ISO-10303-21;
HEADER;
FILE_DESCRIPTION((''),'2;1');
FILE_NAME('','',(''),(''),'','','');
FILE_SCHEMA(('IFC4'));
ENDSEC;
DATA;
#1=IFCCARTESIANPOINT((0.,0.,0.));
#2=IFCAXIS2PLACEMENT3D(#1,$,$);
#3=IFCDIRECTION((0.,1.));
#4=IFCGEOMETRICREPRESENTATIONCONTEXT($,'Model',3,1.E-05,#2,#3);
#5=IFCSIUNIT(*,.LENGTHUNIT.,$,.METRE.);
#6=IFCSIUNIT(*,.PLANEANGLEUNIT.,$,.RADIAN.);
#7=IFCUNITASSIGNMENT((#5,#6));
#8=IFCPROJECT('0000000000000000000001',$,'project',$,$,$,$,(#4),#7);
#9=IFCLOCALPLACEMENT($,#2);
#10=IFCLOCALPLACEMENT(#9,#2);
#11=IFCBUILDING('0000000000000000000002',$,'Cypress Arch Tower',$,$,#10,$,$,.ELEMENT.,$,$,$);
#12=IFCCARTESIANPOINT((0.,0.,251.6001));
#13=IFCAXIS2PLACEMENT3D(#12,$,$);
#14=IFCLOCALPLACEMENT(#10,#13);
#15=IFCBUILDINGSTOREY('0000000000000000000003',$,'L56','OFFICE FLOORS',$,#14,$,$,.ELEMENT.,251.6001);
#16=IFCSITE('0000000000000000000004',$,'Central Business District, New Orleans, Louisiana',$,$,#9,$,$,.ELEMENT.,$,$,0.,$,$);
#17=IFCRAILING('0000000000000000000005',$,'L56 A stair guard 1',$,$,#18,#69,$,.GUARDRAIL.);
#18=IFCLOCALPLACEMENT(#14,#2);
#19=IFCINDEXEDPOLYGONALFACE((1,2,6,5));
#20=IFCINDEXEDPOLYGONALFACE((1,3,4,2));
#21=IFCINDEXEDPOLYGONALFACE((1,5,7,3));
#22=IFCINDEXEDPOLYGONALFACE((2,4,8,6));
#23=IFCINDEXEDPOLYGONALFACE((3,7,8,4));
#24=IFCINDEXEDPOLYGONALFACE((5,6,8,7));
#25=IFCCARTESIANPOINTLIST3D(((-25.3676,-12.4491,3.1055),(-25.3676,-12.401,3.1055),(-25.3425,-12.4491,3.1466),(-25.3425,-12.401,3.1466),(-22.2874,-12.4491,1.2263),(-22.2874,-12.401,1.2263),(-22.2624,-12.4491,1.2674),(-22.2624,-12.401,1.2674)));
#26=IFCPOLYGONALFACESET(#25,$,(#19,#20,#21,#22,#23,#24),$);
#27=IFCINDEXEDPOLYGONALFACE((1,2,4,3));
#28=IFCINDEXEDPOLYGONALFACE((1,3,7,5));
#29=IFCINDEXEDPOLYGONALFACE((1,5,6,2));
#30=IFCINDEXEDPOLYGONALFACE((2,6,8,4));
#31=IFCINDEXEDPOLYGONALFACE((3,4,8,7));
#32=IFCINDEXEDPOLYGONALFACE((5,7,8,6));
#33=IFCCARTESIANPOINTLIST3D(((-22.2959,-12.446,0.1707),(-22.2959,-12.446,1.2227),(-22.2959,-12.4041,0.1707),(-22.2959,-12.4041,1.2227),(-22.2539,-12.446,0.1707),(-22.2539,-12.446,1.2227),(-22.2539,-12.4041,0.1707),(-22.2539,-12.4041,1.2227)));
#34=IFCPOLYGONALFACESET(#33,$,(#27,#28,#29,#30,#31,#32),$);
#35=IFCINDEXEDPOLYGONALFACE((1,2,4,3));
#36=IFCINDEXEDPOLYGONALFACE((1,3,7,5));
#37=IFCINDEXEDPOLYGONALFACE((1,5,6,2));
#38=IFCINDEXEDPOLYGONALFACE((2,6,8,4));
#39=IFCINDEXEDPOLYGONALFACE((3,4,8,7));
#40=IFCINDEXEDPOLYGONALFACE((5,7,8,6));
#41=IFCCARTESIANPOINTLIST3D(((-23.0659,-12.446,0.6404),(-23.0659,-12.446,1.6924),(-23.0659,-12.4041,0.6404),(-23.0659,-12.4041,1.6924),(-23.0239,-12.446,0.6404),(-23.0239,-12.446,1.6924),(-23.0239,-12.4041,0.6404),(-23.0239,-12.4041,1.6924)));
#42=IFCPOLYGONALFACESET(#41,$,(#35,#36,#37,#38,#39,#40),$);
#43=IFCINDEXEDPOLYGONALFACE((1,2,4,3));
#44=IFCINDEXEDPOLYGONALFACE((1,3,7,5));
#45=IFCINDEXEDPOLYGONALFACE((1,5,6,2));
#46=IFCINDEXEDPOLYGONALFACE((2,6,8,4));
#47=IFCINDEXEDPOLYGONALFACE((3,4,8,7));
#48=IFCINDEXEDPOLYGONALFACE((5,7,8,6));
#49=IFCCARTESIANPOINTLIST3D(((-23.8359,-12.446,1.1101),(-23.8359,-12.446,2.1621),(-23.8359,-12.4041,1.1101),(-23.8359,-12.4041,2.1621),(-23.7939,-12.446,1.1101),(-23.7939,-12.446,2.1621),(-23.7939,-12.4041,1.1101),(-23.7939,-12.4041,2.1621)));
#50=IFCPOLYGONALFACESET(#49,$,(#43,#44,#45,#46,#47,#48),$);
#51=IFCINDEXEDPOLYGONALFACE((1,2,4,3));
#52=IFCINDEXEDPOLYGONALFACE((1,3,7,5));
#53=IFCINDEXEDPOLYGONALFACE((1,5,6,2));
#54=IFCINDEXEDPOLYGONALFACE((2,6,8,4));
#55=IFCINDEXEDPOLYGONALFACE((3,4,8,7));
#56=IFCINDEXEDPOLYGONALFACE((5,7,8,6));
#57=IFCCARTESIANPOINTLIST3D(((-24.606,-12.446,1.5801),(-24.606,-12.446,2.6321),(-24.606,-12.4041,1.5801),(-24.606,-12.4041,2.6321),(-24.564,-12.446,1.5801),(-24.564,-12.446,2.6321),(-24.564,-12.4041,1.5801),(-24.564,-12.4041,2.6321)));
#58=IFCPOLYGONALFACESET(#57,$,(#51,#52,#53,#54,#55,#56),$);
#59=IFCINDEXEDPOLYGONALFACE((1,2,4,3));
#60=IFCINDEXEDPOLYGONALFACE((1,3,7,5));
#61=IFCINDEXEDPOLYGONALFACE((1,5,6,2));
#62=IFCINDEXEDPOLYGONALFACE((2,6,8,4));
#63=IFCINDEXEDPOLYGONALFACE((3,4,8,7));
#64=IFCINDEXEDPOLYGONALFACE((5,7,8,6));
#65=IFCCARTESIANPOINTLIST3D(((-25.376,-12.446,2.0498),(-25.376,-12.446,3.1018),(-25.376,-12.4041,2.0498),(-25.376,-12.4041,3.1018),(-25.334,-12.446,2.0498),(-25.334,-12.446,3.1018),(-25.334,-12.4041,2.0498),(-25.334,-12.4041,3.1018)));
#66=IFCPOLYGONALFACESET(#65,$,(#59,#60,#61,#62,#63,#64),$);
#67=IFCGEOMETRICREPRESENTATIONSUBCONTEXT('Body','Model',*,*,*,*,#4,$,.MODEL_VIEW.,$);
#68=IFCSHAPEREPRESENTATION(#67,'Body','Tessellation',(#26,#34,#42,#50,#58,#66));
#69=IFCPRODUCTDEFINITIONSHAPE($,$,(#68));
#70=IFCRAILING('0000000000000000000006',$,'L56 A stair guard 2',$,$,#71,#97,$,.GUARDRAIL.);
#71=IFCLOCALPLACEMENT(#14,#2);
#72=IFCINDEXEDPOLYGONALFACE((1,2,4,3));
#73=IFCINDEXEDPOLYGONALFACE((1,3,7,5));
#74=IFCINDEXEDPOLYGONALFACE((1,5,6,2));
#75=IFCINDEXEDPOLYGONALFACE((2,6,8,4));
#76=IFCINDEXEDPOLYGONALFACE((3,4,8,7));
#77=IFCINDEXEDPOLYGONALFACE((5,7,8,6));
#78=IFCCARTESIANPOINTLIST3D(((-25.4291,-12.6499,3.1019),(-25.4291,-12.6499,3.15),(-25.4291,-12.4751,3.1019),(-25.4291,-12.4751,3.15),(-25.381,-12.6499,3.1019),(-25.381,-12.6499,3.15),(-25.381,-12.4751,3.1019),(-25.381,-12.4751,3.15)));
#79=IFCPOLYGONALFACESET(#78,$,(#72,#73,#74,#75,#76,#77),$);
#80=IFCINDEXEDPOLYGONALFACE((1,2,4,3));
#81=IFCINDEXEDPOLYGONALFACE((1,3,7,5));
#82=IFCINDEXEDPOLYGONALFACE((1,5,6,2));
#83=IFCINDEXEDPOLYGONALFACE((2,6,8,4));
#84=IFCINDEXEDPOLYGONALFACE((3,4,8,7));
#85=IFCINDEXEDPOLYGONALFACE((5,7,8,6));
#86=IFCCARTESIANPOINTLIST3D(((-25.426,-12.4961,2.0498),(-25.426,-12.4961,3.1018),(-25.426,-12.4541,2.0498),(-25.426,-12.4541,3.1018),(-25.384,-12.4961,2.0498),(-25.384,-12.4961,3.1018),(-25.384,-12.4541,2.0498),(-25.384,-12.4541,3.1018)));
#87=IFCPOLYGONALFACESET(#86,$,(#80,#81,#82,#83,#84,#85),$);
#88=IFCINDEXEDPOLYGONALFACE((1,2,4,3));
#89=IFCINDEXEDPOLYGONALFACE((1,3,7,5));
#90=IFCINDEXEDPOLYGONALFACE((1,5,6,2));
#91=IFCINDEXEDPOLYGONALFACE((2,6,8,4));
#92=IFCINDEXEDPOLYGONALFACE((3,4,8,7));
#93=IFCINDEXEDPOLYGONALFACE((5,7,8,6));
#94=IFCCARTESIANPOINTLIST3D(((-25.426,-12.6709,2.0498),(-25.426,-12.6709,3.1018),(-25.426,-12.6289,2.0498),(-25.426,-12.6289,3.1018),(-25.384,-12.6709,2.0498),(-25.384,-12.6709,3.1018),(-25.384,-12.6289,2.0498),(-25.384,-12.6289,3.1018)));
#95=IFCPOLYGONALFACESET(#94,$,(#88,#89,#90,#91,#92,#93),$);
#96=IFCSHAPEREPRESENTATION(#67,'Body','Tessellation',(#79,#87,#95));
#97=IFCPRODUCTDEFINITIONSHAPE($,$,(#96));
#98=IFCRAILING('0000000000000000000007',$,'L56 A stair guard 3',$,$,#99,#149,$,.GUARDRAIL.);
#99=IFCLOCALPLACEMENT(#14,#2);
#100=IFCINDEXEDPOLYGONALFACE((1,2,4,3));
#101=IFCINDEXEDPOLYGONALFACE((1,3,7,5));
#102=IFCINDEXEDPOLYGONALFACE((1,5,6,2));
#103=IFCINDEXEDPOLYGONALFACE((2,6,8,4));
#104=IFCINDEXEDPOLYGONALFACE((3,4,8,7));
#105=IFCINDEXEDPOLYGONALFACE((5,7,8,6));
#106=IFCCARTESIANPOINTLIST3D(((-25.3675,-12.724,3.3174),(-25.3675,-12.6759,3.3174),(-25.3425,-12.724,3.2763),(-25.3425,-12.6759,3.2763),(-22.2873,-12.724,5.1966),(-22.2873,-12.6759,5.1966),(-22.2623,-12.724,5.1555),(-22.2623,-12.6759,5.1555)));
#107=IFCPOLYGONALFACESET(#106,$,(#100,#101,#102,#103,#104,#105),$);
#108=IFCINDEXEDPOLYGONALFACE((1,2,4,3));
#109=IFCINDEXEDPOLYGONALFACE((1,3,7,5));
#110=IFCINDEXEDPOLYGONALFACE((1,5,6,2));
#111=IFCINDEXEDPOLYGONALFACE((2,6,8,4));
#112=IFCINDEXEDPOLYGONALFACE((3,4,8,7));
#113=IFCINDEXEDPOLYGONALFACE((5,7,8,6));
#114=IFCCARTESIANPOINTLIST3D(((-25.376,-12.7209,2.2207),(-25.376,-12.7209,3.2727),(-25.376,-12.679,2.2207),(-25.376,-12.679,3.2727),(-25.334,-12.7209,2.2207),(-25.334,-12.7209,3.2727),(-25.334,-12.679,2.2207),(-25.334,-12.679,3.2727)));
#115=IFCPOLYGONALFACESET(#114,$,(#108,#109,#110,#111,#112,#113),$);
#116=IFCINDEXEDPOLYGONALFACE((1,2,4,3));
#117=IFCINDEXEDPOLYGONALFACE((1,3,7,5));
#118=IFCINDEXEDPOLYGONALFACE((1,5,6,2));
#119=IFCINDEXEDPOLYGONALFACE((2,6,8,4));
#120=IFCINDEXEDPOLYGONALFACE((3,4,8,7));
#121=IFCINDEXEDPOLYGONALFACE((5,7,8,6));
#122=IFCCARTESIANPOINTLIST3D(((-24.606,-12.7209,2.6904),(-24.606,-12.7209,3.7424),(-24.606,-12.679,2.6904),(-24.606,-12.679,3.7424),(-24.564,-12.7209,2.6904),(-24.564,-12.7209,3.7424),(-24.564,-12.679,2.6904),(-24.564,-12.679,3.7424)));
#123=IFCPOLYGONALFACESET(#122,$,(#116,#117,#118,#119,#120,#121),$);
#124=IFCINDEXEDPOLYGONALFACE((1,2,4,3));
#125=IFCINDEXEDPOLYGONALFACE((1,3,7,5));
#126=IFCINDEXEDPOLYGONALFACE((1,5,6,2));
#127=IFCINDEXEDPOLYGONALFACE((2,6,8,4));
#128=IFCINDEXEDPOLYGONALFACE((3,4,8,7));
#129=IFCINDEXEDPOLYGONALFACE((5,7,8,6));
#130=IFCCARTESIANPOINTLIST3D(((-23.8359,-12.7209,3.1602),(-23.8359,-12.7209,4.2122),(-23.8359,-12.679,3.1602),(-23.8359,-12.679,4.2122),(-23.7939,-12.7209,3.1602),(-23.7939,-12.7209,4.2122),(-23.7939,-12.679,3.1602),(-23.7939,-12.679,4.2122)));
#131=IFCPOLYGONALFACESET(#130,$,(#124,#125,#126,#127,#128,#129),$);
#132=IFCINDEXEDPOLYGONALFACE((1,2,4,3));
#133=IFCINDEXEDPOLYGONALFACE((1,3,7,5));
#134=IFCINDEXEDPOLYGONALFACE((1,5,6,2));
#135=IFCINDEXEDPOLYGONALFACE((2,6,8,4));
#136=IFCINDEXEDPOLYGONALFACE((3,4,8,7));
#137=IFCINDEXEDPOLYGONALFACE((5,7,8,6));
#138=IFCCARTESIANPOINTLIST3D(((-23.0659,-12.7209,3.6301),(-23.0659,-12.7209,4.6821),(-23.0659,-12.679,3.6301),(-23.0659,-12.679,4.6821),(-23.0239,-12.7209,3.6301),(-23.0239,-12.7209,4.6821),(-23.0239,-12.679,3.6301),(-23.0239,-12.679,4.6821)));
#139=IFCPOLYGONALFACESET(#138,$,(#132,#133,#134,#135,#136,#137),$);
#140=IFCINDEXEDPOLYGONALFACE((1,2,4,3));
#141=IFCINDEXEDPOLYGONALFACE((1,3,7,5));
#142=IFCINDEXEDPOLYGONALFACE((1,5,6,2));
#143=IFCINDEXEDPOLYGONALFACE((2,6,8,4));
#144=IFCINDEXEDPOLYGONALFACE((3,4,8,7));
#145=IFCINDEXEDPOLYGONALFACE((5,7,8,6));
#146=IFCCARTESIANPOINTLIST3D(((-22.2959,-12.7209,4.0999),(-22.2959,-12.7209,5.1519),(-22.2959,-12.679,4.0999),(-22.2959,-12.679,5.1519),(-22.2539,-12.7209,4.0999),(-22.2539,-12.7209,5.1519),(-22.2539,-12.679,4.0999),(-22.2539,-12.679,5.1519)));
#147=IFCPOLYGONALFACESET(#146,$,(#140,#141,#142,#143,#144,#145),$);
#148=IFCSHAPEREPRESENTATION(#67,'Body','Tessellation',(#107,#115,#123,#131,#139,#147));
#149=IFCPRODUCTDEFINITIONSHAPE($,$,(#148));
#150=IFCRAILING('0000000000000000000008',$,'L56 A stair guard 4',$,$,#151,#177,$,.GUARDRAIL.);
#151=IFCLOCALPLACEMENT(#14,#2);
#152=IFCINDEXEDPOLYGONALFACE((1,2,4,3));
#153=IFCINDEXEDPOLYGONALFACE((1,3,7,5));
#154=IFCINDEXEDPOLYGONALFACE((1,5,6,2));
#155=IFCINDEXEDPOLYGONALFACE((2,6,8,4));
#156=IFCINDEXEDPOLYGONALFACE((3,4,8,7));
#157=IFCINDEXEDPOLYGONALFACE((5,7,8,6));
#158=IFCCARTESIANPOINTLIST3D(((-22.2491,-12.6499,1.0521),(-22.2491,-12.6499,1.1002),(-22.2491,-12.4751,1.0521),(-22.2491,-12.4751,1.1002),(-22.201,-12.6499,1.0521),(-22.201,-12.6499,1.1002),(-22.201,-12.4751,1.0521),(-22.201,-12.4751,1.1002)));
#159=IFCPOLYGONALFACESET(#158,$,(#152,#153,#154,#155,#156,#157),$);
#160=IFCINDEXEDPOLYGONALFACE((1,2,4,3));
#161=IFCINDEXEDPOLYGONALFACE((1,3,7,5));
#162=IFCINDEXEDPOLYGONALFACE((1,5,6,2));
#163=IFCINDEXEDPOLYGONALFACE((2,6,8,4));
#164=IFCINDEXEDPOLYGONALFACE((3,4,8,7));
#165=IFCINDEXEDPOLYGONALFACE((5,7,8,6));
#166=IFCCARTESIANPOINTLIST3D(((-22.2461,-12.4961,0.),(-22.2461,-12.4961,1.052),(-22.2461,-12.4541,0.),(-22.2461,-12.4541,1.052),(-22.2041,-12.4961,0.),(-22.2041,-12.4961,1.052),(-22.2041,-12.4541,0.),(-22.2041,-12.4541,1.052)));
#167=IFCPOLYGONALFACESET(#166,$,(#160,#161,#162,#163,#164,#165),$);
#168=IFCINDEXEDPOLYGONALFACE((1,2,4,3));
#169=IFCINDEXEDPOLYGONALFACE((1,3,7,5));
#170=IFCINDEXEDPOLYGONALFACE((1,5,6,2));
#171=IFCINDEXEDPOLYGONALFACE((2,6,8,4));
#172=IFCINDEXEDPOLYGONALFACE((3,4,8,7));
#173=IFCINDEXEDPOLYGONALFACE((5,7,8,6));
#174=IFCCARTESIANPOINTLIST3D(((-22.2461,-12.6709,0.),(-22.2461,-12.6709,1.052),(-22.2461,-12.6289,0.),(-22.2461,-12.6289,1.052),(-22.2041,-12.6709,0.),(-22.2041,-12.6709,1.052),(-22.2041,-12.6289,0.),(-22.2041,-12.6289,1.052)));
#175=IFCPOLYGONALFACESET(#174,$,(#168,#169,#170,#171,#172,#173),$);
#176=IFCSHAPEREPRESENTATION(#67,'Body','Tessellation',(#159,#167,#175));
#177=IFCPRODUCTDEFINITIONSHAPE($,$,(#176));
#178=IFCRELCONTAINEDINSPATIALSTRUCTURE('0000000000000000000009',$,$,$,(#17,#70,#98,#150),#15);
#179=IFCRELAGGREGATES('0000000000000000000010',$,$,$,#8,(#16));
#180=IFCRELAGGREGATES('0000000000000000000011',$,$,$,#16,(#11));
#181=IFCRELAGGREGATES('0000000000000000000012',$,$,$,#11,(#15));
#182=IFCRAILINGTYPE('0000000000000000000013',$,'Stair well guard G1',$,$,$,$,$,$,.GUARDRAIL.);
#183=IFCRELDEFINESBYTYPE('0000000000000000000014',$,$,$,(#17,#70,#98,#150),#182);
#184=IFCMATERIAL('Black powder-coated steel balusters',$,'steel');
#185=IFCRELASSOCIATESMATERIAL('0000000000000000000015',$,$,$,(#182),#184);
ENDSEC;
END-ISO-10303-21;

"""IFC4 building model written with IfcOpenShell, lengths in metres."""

from ifc_helpers import new_model, si_unit, direction, frame, origin, origin_2d, place, context, subcontext, project, spatial, rectangle, extrude, material, type_object, element, save


model = new_model("IFC4")

# Units and contexts
model_context = context("Model", 3, precision=1e-05, world=origin(), true_north=direction((0.0, 1.0)))
body_context = subcontext(model_context, "Body", "Model", "MODEL_VIEW")
ifc_project = project(units=[si_unit("LENGTHUNIT", "METRE"), si_unit("PLANEANGLEUNIT", "RADIAN")], contexts=[model_context])

# Site, building, storey
site_placement = place(None, origin())
site = spatial("IfcSite", under=ifc_project, at=site_placement, Name="Central Business District, New Orleans, Louisiana", CompositionType="ELEMENT", RefElevation=0.0)
building_placement = place(site_placement, origin())
building = spatial("IfcBuilding", under=site, at=building_placement, Name="Cypress Arch Tower", CompositionType="ELEMENT")
storey_placement = place(building_placement, frame((0.0, 0.0, 251.6001)))
storey = spatial("IfcBuildingStorey", under=building, at=storey_placement, Name="L56", Description="OFFICE FLOORS", CompositionType="ELEMENT", Elevation=251.6001)

# Railings
ifc_material_1 = material(Name="Black powder-coated steel balusters", Category="steel")
railing_type_1 = type_object("IfcRailingType", Name="Stair well guard G1", PredefinedType="GUARDRAIL", material=ifc_material_1)
railing_1_placement = place(storey_placement, frame((-22.2749, -12.425, 0.1707)))
element("IfcRailing", 1, at=railing_1_placement, inside=storey, type_object=railing_type_1, Name="L56 A stair guard 1", PredefinedType="GUARDRAIL", context=body_context, shape_type="SweptSolid", body=[
    extrude(rectangle(XDim=0.0481, YDim=0.0481, at=origin_2d()), frame((0.0, 0.0, 1.0762), z_axis=(-0.853666, 0.0, 0.52082), x_axis=(0.0, -1.0, 0.0)), (0.0, 0.0, 1.0), 3.6082),
    extrude(rectangle(XDim=0.042, YDim=0.042, at=origin_2d()), origin(), (0.0, 0.0, 1.0), 1.052),
    extrude(rectangle(XDim=0.042, YDim=0.042, at=origin_2d()), frame((-0.77, 0.0, 0.4697)), (0.0, 0.0, 1.0), 1.052),
    extrude(rectangle(XDim=0.042, YDim=0.042, at=origin_2d()), frame((-1.54, 0.0, 0.9395)), (0.0, 0.0, 1.0), 1.052),
    extrude(rectangle(XDim=0.042, YDim=0.042, at=origin_2d()), frame((-2.3101, 0.0, 1.4094)), (0.0, 0.0, 1.0), 1.052),
    extrude(rectangle(XDim=0.042, YDim=0.042, at=origin_2d()), frame((-3.0801, 0.0, 1.8792)), (0.0, 0.0, 1.0), 1.052),
])
railing_2_placement = place(storey_placement, frame((-25.405, -12.4751, 2.0498)))
element("IfcRailing", 2, at=railing_2_placement, inside=storey, type_object=railing_type_1, Name="L56 A stair guard 2", PredefinedType="GUARDRAIL", context=body_context, shape_type="SweptSolid", body=[
    extrude(rectangle(XDim=0.0481, YDim=0.0481, at=origin_2d()), frame((0.0, 0.0, 1.0762), z_axis=(0.0, -1.0, 0.0), x_axis=(1.0, 0.0, 0.0)), (0.0, 0.0, 1.0), 0.1748),
    extrude(rectangle(XDim=0.042, YDim=0.042, at=origin_2d()), origin(), (0.0, 0.0, 1.0), 1.052),
    extrude(rectangle(XDim=0.042, YDim=0.042, at=origin_2d()), frame((0.0, -0.1748, 0.0)), (0.0, 0.0, 1.0), 1.052),
])
railing_3_placement = place(storey_placement, frame((-25.355, -12.7, 2.2207)))
element("IfcRailing", 3, at=railing_3_placement, inside=storey, type_object=railing_type_1, Name="L56 A stair guard 3", PredefinedType="GUARDRAIL", context=body_context, shape_type="SweptSolid", body=[
    extrude(rectangle(XDim=0.0481, YDim=0.0481, at=origin_2d()), frame((0.0, 0.0, 1.0762), z_axis=(0.853666, 0.0, 0.52082), x_axis=(0.0, 1.0, 0.0)), (0.0, 0.0, 1.0), 3.6082),
    extrude(rectangle(XDim=0.042, YDim=0.042, at=origin_2d()), origin(), (0.0, 0.0, 1.0), 1.052),
    extrude(rectangle(XDim=0.042, YDim=0.042, at=origin_2d()), frame((0.77, 0.0, 0.4697)), (0.0, 0.0, 1.0), 1.052),
    extrude(rectangle(XDim=0.042, YDim=0.042, at=origin_2d()), frame((1.54, 0.0, 0.9395)), (0.0, 0.0, 1.0), 1.052),
    extrude(rectangle(XDim=0.042, YDim=0.042, at=origin_2d()), frame((2.3101, 0.0, 1.4094)), (0.0, 0.0, 1.0), 1.052),
    extrude(rectangle(XDim=0.042, YDim=0.042, at=origin_2d()), frame((3.0801, 0.0, 1.8792)), (0.0, 0.0, 1.0), 1.052),
])
railing_4_placement = place(storey_placement, frame((-22.2251, -12.4751, 0.0)))
element("IfcRailing", 4, at=railing_4_placement, inside=storey, type_object=railing_type_1, Name="L56 A stair guard 4", PredefinedType="GUARDRAIL", context=body_context, shape_type="SweptSolid", body=[
    extrude(rectangle(XDim=0.0481, YDim=0.0481, at=origin_2d()), frame((0.0, 0.0, 1.0762), z_axis=(0.0, -1.0, 0.0), x_axis=(1.0, 0.0, 0.0)), (0.0, 0.0, 1.0), 0.1748),
    extrude(rectangle(XDim=0.042, YDim=0.042, at=origin_2d()), origin(), (0.0, 0.0, 1.0), 1.052),
    extrude(rectangle(XDim=0.042, YDim=0.042, at=origin_2d()), frame((0.0, -0.1748, 0.0)), (0.0, 0.0, 1.0), 1.052),
])

save(model, "model.ifc")
